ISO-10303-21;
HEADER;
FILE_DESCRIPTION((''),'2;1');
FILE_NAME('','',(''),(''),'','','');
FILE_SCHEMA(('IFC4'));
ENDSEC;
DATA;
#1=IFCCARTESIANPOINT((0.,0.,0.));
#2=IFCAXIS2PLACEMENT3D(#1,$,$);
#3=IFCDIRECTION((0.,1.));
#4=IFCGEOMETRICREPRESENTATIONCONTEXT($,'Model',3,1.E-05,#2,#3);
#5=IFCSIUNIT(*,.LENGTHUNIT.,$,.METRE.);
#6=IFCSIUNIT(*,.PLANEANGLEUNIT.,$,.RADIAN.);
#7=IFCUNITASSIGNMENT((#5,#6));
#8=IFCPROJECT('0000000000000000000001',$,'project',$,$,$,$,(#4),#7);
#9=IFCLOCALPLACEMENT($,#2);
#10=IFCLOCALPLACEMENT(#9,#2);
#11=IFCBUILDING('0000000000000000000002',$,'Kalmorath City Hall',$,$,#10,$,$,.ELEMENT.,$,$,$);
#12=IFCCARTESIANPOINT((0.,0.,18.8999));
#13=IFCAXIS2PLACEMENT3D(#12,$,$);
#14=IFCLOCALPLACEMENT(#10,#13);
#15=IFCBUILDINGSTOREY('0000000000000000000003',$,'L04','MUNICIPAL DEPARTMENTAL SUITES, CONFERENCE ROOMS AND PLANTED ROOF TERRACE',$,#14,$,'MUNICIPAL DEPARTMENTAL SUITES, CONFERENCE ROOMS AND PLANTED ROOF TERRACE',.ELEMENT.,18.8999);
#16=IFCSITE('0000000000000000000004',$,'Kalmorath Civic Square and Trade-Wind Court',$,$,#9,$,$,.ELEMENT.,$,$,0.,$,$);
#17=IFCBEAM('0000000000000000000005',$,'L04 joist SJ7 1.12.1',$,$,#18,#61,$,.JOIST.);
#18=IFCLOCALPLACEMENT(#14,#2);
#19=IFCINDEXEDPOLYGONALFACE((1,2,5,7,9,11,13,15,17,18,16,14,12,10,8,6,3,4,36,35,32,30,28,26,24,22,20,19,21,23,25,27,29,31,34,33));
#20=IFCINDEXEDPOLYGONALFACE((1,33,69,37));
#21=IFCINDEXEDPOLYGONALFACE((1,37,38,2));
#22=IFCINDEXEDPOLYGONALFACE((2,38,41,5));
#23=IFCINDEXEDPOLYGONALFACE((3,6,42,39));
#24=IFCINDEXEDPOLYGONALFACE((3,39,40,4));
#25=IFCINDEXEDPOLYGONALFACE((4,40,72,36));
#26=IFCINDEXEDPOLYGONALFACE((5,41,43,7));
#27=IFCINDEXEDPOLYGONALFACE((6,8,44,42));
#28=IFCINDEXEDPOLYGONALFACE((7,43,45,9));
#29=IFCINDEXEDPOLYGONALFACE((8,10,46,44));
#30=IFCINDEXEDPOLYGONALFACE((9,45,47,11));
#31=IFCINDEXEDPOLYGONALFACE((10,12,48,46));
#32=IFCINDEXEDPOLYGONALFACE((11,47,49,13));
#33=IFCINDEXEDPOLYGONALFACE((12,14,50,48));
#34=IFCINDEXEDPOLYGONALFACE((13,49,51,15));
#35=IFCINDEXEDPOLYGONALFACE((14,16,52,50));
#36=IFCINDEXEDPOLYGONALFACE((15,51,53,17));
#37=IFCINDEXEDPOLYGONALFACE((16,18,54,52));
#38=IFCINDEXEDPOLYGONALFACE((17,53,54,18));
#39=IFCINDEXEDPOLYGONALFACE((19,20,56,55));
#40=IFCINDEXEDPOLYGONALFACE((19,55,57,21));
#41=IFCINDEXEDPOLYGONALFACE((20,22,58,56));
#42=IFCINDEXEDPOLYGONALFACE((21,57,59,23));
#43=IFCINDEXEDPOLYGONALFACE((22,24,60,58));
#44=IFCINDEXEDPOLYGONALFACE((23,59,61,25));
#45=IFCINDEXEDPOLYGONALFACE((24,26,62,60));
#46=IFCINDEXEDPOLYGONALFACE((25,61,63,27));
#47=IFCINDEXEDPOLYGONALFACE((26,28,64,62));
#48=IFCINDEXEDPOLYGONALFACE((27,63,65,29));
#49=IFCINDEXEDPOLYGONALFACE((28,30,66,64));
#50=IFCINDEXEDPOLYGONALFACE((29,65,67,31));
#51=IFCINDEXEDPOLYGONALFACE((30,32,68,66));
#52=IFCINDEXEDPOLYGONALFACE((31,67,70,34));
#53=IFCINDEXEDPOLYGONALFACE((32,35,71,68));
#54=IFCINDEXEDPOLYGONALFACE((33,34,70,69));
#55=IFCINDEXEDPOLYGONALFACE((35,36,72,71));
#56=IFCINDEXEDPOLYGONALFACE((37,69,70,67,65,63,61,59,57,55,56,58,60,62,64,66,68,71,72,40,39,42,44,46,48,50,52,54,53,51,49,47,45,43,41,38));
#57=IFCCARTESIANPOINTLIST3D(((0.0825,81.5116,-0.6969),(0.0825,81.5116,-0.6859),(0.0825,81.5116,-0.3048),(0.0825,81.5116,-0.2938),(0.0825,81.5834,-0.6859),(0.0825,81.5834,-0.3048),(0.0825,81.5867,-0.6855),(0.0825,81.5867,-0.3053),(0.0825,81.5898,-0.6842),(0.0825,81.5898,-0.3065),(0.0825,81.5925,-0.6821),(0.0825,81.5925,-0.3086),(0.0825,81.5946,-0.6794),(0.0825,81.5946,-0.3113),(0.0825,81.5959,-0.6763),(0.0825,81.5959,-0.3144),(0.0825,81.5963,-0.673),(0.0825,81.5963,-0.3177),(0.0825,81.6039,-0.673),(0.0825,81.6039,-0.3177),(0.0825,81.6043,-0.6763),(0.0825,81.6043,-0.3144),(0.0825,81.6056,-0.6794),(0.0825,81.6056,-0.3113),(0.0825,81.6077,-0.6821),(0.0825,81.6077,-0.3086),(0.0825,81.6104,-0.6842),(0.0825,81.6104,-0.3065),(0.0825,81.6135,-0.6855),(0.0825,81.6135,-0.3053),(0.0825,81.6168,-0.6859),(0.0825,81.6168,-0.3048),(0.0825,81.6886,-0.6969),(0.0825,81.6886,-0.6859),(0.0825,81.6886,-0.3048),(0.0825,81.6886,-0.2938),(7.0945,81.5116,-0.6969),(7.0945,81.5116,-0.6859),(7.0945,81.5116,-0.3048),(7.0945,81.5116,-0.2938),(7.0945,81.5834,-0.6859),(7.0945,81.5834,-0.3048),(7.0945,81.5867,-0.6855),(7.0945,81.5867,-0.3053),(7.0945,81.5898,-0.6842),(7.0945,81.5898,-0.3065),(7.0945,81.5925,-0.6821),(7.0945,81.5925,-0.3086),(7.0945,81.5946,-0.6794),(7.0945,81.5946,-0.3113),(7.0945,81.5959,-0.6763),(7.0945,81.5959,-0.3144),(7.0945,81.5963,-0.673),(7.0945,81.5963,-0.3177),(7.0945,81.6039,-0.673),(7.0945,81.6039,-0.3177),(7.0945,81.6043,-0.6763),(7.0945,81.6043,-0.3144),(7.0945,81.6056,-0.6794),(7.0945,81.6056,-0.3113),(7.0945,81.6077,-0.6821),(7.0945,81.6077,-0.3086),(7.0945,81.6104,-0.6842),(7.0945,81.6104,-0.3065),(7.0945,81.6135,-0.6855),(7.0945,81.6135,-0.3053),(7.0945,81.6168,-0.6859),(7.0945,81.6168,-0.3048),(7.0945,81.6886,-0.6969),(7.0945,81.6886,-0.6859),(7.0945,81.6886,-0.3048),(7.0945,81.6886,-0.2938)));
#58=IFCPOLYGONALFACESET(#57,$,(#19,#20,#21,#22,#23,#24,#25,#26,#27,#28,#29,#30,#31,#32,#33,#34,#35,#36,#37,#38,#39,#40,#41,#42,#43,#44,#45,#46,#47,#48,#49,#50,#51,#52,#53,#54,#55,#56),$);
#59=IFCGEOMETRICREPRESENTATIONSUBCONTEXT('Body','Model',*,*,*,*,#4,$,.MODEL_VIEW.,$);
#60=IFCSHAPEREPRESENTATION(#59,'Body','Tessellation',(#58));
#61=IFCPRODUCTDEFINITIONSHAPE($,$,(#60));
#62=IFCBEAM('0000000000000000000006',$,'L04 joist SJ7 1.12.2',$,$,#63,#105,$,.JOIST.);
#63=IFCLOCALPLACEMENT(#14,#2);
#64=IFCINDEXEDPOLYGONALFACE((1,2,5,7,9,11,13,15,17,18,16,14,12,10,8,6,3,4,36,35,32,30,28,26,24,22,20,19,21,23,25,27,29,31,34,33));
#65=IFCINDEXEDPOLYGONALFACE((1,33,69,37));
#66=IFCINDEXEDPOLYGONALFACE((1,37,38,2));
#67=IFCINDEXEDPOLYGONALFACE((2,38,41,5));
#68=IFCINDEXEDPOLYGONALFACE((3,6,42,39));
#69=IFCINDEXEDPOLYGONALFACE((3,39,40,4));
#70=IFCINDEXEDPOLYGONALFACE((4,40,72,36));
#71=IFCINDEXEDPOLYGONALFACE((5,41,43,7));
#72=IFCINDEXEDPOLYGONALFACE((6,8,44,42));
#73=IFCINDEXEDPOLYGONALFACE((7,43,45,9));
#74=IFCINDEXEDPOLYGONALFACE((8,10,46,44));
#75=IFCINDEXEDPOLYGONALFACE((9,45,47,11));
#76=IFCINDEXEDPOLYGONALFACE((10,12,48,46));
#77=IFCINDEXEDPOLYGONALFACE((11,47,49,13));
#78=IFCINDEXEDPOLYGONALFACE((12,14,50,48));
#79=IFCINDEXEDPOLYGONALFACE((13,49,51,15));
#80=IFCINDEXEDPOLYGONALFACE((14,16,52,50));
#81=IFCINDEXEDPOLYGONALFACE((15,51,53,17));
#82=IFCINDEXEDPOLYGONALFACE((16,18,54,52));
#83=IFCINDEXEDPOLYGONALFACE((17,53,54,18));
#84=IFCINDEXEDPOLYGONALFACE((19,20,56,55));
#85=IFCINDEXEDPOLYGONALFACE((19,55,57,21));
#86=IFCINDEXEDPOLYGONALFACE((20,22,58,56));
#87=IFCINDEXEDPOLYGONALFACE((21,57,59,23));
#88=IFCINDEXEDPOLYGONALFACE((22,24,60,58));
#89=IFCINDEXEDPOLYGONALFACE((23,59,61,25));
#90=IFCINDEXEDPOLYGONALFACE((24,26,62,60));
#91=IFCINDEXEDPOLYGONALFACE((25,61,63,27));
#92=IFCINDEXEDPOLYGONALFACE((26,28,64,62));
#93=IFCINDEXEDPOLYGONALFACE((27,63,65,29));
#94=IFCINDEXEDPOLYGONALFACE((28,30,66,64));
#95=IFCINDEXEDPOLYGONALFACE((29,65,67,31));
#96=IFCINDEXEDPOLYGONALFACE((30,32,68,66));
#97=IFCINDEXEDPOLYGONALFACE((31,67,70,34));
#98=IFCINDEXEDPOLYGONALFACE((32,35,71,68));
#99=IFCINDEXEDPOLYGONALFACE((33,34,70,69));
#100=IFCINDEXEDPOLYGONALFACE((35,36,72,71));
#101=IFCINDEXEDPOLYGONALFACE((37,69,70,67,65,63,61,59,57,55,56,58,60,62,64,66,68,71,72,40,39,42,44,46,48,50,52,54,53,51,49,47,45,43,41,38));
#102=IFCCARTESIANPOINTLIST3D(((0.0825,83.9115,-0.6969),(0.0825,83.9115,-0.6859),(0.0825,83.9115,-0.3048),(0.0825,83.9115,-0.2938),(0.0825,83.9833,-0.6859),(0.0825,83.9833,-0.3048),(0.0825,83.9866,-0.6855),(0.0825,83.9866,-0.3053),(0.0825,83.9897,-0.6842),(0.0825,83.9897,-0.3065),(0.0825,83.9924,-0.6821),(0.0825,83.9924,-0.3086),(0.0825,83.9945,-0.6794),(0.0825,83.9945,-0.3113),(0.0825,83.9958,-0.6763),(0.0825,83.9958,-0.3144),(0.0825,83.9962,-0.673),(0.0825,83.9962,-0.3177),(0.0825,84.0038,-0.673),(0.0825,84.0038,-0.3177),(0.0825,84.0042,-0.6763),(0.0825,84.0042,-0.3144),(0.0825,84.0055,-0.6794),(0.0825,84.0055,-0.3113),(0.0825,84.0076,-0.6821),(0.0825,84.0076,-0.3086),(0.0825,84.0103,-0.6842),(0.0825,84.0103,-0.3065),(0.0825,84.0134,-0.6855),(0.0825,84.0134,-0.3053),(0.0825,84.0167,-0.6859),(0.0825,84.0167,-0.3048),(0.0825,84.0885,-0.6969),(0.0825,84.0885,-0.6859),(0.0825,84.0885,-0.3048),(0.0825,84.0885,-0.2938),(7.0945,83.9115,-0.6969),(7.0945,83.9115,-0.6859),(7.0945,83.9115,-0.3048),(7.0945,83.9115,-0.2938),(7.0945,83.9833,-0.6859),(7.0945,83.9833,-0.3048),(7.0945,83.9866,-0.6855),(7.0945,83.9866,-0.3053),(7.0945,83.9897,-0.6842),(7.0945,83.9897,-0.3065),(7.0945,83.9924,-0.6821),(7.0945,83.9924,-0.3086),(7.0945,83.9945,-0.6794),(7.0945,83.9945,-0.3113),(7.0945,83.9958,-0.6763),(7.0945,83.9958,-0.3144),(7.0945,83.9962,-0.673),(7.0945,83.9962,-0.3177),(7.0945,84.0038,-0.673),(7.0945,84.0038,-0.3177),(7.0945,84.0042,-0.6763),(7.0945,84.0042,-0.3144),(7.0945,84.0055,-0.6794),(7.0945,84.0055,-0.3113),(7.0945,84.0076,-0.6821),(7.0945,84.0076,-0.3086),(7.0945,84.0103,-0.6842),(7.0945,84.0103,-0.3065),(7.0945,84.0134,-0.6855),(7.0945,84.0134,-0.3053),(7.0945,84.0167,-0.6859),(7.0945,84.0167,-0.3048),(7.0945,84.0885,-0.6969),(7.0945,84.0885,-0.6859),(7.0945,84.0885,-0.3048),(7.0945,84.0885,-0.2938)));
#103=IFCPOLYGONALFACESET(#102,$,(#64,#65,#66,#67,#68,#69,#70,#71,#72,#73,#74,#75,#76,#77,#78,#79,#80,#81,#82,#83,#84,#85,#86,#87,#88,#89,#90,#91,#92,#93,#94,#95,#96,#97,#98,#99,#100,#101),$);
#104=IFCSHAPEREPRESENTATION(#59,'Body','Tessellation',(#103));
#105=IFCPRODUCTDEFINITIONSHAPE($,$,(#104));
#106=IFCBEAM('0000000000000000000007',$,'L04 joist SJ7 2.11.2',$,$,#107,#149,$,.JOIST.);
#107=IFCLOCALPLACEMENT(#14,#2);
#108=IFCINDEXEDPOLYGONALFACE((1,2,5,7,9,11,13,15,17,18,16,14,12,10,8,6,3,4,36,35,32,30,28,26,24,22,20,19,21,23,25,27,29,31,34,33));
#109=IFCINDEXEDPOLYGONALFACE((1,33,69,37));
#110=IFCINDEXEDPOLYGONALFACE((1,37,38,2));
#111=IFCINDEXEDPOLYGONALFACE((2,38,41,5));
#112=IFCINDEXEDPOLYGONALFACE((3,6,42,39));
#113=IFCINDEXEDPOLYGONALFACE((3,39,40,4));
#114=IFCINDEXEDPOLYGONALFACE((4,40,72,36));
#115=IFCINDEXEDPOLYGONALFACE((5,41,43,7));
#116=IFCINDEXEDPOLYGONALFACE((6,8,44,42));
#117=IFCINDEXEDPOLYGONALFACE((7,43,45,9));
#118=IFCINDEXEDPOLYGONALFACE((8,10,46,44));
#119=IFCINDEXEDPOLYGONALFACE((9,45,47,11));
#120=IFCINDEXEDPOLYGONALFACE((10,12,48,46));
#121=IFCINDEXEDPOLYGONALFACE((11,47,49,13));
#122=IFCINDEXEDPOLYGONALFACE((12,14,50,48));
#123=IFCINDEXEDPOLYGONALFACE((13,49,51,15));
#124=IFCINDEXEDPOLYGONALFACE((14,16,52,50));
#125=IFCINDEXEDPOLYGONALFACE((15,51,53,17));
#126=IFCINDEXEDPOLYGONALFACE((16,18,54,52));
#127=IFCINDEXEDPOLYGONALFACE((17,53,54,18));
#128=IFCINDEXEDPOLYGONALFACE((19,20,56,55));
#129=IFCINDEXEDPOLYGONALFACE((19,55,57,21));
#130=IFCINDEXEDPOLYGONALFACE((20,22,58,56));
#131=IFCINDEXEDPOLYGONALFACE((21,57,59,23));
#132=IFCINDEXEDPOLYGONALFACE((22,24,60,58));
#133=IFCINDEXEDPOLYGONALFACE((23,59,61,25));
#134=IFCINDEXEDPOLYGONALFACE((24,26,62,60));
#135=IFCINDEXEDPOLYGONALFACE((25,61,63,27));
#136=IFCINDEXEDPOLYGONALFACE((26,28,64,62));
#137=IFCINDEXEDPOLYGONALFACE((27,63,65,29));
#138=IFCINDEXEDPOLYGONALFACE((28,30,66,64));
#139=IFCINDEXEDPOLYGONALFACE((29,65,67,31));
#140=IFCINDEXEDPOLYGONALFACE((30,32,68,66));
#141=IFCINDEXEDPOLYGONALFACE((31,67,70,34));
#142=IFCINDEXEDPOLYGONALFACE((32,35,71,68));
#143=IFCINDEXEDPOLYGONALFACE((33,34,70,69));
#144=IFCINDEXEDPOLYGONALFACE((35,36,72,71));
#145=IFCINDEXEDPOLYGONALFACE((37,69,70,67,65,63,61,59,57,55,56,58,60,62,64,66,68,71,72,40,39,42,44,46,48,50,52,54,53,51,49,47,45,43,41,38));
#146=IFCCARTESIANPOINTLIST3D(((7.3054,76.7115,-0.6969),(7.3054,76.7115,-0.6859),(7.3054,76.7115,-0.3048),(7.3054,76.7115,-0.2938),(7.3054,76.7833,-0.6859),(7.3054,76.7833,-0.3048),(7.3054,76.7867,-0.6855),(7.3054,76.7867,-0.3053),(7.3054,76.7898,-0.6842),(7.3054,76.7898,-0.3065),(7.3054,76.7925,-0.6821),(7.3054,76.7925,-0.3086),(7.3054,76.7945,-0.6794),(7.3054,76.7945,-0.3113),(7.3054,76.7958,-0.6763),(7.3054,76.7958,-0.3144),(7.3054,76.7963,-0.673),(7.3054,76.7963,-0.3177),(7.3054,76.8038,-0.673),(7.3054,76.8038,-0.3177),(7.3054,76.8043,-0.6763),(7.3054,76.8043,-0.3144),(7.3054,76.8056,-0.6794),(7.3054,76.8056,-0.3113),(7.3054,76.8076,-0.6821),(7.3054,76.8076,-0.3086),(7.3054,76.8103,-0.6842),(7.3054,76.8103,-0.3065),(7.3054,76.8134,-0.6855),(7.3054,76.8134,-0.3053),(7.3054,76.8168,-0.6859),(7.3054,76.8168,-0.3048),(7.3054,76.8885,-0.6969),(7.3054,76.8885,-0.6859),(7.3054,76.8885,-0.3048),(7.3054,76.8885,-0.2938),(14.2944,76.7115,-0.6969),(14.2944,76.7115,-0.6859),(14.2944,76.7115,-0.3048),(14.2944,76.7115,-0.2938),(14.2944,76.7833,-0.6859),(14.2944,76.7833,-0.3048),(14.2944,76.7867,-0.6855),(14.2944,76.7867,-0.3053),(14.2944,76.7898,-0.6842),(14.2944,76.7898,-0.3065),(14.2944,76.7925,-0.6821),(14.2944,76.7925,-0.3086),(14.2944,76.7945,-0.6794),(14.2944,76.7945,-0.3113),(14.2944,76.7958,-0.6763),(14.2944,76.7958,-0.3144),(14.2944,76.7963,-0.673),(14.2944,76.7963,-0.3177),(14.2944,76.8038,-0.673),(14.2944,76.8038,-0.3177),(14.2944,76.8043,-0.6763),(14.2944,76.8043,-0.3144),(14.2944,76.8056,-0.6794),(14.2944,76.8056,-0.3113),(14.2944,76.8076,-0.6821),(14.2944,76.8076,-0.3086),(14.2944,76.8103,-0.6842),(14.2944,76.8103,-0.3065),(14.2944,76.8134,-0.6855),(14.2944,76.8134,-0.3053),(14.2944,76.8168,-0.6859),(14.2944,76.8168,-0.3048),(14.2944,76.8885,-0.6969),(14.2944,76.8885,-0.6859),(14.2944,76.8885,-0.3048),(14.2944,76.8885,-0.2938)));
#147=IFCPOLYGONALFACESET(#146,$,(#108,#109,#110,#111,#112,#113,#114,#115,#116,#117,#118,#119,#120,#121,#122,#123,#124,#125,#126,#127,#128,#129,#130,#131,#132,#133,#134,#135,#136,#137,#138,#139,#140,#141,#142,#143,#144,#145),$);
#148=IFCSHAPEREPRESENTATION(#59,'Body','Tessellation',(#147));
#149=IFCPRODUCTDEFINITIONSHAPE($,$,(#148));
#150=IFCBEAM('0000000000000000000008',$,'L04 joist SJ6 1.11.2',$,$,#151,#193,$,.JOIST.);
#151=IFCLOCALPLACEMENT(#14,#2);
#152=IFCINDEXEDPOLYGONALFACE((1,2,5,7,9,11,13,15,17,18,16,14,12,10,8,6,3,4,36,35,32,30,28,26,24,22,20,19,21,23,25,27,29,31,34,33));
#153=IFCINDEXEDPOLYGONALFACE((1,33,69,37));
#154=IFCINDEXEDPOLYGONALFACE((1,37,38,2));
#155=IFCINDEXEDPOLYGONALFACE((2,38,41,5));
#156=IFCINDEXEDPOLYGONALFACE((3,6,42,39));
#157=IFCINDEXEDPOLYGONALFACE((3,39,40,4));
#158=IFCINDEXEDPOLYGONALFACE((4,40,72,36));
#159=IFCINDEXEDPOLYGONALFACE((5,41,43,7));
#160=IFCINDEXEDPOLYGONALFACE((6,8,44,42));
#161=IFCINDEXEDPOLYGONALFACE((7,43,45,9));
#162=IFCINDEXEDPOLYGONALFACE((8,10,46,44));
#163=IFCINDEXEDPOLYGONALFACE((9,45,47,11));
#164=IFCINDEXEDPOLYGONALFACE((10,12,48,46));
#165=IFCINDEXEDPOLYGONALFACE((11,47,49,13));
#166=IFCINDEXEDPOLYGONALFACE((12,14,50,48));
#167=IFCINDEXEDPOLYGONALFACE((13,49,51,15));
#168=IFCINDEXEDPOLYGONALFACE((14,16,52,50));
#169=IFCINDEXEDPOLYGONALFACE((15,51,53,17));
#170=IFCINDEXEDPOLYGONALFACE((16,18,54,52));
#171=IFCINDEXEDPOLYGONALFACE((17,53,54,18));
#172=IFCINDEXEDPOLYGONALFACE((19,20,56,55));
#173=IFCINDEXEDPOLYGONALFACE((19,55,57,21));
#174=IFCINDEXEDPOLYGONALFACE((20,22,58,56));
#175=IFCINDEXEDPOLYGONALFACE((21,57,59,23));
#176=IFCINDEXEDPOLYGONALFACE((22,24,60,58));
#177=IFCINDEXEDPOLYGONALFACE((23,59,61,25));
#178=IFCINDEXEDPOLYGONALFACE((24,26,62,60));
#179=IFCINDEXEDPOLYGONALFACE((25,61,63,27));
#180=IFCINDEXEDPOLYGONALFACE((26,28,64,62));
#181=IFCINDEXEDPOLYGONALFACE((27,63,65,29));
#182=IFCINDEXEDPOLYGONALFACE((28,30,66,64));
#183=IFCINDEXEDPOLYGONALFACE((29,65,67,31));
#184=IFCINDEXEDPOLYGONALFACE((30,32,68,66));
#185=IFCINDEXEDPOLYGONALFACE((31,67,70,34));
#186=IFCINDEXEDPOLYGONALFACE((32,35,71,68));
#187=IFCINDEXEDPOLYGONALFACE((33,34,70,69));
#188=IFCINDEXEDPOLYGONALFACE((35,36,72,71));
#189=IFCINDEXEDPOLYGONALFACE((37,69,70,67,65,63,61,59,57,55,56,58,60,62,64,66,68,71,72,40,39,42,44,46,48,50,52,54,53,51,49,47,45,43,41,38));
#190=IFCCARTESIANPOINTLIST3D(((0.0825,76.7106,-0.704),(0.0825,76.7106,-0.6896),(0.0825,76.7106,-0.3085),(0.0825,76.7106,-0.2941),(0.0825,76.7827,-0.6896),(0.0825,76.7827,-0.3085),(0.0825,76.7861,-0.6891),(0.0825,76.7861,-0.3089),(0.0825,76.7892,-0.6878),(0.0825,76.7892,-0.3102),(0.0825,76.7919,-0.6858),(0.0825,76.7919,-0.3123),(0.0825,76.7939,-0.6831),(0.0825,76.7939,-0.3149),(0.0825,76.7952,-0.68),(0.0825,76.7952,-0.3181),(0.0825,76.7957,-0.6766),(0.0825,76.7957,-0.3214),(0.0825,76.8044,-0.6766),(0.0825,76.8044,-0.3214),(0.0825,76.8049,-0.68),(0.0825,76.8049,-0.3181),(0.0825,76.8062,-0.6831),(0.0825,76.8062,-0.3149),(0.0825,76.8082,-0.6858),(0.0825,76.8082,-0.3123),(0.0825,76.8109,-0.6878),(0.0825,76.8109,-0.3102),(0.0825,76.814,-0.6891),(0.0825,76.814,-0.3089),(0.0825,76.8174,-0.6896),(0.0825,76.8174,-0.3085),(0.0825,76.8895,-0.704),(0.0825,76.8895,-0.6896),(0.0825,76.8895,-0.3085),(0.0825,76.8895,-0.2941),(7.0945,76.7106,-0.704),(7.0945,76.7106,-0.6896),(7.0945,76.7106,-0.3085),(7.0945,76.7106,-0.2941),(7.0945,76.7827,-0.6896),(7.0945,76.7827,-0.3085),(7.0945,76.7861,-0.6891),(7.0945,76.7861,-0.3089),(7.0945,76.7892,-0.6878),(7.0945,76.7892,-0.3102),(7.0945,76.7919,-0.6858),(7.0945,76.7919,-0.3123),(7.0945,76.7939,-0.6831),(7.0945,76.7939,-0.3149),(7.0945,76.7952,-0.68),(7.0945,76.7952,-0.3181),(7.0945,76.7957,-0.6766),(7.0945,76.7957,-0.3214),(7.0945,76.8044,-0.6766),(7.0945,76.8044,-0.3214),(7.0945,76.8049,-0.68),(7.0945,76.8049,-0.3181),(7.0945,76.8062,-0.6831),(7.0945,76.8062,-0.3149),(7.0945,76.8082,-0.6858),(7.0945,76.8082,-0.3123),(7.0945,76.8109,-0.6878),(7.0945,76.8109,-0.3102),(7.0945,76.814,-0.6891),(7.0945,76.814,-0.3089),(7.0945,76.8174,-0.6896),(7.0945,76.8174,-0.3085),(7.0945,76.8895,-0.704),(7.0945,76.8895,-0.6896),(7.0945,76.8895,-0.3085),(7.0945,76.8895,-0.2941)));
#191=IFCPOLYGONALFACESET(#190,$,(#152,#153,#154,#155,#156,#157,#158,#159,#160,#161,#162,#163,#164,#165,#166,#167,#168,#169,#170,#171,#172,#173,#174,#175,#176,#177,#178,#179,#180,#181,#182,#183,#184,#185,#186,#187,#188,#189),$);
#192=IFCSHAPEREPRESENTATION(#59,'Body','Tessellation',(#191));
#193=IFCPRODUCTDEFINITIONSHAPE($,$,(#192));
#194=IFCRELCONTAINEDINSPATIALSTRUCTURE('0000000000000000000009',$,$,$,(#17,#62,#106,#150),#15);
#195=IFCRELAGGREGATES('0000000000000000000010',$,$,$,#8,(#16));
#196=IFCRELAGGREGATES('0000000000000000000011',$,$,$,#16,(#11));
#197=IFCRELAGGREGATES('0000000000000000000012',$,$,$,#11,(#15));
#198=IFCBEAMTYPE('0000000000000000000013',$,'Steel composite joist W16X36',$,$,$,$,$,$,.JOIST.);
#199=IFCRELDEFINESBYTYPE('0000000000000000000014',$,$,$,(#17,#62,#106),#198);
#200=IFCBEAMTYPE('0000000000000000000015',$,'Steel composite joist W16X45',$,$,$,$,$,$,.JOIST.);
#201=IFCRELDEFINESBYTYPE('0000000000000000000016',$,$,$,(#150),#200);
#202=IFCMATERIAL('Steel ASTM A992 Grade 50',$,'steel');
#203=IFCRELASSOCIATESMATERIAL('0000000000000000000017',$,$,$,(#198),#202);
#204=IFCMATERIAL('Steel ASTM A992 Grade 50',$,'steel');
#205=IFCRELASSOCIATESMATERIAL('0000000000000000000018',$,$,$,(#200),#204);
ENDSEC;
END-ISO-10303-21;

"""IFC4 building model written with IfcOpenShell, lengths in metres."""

from ifc_helpers import new_model, si_unit, direction, frame, origin, origin_2d, place, context, subcontext, project, spatial, i_section, extrude, material, material_profile, profile_set, type_object, element, save


model = new_model("IFC4")

# Units and contexts
model_context = context("Model", 3, precision=1e-05, world=origin(), true_north=direction((0.0, 1.0)))
body_context = subcontext(model_context, "Body", "Model", "MODEL_VIEW")
ifc_project = project(units=[si_unit("LENGTHUNIT", "METRE"), si_unit("PLANEANGLEUNIT", "RADIAN")], contexts=[model_context])

# Site, building, storey
site_placement = place(None, origin())
site = spatial("IfcSite", under=ifc_project, at=site_placement, Name="Kalmorath Civic Square and Trade-Wind Court", CompositionType="ELEMENT", RefElevation=0.0)
building_placement = place(site_placement, origin())
building = spatial("IfcBuilding", under=site, at=building_placement, Name="Kalmorath City Hall", CompositionType="ELEMENT")
storey_placement = place(building_placement, frame((0.0, 0.0, 18.8999)))
storey = spatial("IfcBuildingStorey", under=building, at=storey_placement, Name="L04", Description="MUNICIPAL DEPARTMENTAL SUITES, CONFERENCE ROOMS AND PLANTED ROOF TERRACE", LongName="MUNICIPAL DEPARTMENTAL SUITES, CONFERENCE ROOMS AND PLANTED ROOF TERRACE", CompositionType="ELEMENT", Elevation=18.8999)

# Beams
ifc_material_1 = material(Name="Steel ASTM A992 Grade 50", Category="steel")
ifc_material_profile_1 = material_profile(ifc_material_1, i_section(OverallWidth=0.177, OverallDepth=0.4031, WebThickness=0.0076, FlangeThickness=0.011, FilletRadius=0.0129, at=origin_2d()), Name="W16X36")
ifc_profile_set_1 = profile_set([ifc_material_profile_1], Name="Steel ASTM A992 Grade 50")
beam_type_1 = type_object("IfcBeamType", Name="Steel composite joist W16X36", PredefinedType="JOIST", material=ifc_profile_set_1)
for number, where, z_axis, x_axis, name in (
    (1, (0.0825, 81.6001, -0.4954), (1.0, 0.0, 0.0), (0.0, 1.0, 0.0), "L04 joist SJ7 1.12.1"),
    (2, (0.0825, 84.0, -0.4954), (1.0, 0.0, 0.0), (0.0, 1.0, 0.0), "L04 joist SJ7 1.12.2"),
):
    element("IfcBeam", number, at=place(storey_placement, frame(where, z_axis=z_axis, x_axis=x_axis)), inside=storey, type_object=beam_type_1, Name=name, PredefinedType="JOIST", context=body_context, shape_type="SweptSolid", body=[
        extrude(i_section(OverallWidth=0.177, OverallDepth=0.4031, WebThickness=0.0076, FlangeThickness=0.011, FilletRadius=0.0129, at=origin_2d()), origin(), (0.0, 0.0, 1.0), 7.012),
    ])
beam_1_placement = place(storey_placement, frame((7.3054, 76.8, -0.4954), z_axis=(1.0, 0.0, 0.0), x_axis=(0.0, 1.0, 0.0)))
element("IfcBeam", 3, at=beam_1_placement, inside=storey, type_object=beam_type_1, Name="L04 joist SJ7 2.11.2", PredefinedType="JOIST", context=body_context, shape_type="SweptSolid", body=[
    extrude(i_section(OverallWidth=0.177, OverallDepth=0.4031, WebThickness=0.0076, FlangeThickness=0.011, FilletRadius=0.0129, at=origin_2d()), origin(), (0.0, 0.0, 1.0), 6.989),
])
ifc_material_2 = material(Name="Steel ASTM A992 Grade 50", Category="steel")
ifc_material_profile_2 = material_profile(ifc_material_2, i_section(OverallWidth=0.179, OverallDepth=0.4099, WebThickness=0.0088, FlangeThickness=0.0144, FilletRadius=0.0129, at=origin_2d()), Name="W16X45")
ifc_profile_set_2 = profile_set([ifc_material_profile_2], Name="Steel ASTM A992 Grade 50")
beam_type_2 = type_object("IfcBeamType", Name="Steel composite joist W16X45", PredefinedType="JOIST", material=ifc_profile_set_2)
beam_2_placement = place(storey_placement, frame((0.0825, 76.8, -0.499), z_axis=(1.0, 0.0, 0.0), x_axis=(0.0, 1.0, 0.0)))
element("IfcBeam", 4, at=beam_2_placement, inside=storey, type_object=beam_type_2, Name="L04 joist SJ6 1.11.2", PredefinedType="JOIST", context=body_context, shape_type="SweptSolid", body=[
    extrude(i_section(OverallWidth=0.179, OverallDepth=0.4099, WebThickness=0.0088, FlangeThickness=0.0144, FilletRadius=0.0129, at=origin_2d()), origin(), (0.0, 0.0, 1.0), 7.012),
])

save(model, "model.ifc")
